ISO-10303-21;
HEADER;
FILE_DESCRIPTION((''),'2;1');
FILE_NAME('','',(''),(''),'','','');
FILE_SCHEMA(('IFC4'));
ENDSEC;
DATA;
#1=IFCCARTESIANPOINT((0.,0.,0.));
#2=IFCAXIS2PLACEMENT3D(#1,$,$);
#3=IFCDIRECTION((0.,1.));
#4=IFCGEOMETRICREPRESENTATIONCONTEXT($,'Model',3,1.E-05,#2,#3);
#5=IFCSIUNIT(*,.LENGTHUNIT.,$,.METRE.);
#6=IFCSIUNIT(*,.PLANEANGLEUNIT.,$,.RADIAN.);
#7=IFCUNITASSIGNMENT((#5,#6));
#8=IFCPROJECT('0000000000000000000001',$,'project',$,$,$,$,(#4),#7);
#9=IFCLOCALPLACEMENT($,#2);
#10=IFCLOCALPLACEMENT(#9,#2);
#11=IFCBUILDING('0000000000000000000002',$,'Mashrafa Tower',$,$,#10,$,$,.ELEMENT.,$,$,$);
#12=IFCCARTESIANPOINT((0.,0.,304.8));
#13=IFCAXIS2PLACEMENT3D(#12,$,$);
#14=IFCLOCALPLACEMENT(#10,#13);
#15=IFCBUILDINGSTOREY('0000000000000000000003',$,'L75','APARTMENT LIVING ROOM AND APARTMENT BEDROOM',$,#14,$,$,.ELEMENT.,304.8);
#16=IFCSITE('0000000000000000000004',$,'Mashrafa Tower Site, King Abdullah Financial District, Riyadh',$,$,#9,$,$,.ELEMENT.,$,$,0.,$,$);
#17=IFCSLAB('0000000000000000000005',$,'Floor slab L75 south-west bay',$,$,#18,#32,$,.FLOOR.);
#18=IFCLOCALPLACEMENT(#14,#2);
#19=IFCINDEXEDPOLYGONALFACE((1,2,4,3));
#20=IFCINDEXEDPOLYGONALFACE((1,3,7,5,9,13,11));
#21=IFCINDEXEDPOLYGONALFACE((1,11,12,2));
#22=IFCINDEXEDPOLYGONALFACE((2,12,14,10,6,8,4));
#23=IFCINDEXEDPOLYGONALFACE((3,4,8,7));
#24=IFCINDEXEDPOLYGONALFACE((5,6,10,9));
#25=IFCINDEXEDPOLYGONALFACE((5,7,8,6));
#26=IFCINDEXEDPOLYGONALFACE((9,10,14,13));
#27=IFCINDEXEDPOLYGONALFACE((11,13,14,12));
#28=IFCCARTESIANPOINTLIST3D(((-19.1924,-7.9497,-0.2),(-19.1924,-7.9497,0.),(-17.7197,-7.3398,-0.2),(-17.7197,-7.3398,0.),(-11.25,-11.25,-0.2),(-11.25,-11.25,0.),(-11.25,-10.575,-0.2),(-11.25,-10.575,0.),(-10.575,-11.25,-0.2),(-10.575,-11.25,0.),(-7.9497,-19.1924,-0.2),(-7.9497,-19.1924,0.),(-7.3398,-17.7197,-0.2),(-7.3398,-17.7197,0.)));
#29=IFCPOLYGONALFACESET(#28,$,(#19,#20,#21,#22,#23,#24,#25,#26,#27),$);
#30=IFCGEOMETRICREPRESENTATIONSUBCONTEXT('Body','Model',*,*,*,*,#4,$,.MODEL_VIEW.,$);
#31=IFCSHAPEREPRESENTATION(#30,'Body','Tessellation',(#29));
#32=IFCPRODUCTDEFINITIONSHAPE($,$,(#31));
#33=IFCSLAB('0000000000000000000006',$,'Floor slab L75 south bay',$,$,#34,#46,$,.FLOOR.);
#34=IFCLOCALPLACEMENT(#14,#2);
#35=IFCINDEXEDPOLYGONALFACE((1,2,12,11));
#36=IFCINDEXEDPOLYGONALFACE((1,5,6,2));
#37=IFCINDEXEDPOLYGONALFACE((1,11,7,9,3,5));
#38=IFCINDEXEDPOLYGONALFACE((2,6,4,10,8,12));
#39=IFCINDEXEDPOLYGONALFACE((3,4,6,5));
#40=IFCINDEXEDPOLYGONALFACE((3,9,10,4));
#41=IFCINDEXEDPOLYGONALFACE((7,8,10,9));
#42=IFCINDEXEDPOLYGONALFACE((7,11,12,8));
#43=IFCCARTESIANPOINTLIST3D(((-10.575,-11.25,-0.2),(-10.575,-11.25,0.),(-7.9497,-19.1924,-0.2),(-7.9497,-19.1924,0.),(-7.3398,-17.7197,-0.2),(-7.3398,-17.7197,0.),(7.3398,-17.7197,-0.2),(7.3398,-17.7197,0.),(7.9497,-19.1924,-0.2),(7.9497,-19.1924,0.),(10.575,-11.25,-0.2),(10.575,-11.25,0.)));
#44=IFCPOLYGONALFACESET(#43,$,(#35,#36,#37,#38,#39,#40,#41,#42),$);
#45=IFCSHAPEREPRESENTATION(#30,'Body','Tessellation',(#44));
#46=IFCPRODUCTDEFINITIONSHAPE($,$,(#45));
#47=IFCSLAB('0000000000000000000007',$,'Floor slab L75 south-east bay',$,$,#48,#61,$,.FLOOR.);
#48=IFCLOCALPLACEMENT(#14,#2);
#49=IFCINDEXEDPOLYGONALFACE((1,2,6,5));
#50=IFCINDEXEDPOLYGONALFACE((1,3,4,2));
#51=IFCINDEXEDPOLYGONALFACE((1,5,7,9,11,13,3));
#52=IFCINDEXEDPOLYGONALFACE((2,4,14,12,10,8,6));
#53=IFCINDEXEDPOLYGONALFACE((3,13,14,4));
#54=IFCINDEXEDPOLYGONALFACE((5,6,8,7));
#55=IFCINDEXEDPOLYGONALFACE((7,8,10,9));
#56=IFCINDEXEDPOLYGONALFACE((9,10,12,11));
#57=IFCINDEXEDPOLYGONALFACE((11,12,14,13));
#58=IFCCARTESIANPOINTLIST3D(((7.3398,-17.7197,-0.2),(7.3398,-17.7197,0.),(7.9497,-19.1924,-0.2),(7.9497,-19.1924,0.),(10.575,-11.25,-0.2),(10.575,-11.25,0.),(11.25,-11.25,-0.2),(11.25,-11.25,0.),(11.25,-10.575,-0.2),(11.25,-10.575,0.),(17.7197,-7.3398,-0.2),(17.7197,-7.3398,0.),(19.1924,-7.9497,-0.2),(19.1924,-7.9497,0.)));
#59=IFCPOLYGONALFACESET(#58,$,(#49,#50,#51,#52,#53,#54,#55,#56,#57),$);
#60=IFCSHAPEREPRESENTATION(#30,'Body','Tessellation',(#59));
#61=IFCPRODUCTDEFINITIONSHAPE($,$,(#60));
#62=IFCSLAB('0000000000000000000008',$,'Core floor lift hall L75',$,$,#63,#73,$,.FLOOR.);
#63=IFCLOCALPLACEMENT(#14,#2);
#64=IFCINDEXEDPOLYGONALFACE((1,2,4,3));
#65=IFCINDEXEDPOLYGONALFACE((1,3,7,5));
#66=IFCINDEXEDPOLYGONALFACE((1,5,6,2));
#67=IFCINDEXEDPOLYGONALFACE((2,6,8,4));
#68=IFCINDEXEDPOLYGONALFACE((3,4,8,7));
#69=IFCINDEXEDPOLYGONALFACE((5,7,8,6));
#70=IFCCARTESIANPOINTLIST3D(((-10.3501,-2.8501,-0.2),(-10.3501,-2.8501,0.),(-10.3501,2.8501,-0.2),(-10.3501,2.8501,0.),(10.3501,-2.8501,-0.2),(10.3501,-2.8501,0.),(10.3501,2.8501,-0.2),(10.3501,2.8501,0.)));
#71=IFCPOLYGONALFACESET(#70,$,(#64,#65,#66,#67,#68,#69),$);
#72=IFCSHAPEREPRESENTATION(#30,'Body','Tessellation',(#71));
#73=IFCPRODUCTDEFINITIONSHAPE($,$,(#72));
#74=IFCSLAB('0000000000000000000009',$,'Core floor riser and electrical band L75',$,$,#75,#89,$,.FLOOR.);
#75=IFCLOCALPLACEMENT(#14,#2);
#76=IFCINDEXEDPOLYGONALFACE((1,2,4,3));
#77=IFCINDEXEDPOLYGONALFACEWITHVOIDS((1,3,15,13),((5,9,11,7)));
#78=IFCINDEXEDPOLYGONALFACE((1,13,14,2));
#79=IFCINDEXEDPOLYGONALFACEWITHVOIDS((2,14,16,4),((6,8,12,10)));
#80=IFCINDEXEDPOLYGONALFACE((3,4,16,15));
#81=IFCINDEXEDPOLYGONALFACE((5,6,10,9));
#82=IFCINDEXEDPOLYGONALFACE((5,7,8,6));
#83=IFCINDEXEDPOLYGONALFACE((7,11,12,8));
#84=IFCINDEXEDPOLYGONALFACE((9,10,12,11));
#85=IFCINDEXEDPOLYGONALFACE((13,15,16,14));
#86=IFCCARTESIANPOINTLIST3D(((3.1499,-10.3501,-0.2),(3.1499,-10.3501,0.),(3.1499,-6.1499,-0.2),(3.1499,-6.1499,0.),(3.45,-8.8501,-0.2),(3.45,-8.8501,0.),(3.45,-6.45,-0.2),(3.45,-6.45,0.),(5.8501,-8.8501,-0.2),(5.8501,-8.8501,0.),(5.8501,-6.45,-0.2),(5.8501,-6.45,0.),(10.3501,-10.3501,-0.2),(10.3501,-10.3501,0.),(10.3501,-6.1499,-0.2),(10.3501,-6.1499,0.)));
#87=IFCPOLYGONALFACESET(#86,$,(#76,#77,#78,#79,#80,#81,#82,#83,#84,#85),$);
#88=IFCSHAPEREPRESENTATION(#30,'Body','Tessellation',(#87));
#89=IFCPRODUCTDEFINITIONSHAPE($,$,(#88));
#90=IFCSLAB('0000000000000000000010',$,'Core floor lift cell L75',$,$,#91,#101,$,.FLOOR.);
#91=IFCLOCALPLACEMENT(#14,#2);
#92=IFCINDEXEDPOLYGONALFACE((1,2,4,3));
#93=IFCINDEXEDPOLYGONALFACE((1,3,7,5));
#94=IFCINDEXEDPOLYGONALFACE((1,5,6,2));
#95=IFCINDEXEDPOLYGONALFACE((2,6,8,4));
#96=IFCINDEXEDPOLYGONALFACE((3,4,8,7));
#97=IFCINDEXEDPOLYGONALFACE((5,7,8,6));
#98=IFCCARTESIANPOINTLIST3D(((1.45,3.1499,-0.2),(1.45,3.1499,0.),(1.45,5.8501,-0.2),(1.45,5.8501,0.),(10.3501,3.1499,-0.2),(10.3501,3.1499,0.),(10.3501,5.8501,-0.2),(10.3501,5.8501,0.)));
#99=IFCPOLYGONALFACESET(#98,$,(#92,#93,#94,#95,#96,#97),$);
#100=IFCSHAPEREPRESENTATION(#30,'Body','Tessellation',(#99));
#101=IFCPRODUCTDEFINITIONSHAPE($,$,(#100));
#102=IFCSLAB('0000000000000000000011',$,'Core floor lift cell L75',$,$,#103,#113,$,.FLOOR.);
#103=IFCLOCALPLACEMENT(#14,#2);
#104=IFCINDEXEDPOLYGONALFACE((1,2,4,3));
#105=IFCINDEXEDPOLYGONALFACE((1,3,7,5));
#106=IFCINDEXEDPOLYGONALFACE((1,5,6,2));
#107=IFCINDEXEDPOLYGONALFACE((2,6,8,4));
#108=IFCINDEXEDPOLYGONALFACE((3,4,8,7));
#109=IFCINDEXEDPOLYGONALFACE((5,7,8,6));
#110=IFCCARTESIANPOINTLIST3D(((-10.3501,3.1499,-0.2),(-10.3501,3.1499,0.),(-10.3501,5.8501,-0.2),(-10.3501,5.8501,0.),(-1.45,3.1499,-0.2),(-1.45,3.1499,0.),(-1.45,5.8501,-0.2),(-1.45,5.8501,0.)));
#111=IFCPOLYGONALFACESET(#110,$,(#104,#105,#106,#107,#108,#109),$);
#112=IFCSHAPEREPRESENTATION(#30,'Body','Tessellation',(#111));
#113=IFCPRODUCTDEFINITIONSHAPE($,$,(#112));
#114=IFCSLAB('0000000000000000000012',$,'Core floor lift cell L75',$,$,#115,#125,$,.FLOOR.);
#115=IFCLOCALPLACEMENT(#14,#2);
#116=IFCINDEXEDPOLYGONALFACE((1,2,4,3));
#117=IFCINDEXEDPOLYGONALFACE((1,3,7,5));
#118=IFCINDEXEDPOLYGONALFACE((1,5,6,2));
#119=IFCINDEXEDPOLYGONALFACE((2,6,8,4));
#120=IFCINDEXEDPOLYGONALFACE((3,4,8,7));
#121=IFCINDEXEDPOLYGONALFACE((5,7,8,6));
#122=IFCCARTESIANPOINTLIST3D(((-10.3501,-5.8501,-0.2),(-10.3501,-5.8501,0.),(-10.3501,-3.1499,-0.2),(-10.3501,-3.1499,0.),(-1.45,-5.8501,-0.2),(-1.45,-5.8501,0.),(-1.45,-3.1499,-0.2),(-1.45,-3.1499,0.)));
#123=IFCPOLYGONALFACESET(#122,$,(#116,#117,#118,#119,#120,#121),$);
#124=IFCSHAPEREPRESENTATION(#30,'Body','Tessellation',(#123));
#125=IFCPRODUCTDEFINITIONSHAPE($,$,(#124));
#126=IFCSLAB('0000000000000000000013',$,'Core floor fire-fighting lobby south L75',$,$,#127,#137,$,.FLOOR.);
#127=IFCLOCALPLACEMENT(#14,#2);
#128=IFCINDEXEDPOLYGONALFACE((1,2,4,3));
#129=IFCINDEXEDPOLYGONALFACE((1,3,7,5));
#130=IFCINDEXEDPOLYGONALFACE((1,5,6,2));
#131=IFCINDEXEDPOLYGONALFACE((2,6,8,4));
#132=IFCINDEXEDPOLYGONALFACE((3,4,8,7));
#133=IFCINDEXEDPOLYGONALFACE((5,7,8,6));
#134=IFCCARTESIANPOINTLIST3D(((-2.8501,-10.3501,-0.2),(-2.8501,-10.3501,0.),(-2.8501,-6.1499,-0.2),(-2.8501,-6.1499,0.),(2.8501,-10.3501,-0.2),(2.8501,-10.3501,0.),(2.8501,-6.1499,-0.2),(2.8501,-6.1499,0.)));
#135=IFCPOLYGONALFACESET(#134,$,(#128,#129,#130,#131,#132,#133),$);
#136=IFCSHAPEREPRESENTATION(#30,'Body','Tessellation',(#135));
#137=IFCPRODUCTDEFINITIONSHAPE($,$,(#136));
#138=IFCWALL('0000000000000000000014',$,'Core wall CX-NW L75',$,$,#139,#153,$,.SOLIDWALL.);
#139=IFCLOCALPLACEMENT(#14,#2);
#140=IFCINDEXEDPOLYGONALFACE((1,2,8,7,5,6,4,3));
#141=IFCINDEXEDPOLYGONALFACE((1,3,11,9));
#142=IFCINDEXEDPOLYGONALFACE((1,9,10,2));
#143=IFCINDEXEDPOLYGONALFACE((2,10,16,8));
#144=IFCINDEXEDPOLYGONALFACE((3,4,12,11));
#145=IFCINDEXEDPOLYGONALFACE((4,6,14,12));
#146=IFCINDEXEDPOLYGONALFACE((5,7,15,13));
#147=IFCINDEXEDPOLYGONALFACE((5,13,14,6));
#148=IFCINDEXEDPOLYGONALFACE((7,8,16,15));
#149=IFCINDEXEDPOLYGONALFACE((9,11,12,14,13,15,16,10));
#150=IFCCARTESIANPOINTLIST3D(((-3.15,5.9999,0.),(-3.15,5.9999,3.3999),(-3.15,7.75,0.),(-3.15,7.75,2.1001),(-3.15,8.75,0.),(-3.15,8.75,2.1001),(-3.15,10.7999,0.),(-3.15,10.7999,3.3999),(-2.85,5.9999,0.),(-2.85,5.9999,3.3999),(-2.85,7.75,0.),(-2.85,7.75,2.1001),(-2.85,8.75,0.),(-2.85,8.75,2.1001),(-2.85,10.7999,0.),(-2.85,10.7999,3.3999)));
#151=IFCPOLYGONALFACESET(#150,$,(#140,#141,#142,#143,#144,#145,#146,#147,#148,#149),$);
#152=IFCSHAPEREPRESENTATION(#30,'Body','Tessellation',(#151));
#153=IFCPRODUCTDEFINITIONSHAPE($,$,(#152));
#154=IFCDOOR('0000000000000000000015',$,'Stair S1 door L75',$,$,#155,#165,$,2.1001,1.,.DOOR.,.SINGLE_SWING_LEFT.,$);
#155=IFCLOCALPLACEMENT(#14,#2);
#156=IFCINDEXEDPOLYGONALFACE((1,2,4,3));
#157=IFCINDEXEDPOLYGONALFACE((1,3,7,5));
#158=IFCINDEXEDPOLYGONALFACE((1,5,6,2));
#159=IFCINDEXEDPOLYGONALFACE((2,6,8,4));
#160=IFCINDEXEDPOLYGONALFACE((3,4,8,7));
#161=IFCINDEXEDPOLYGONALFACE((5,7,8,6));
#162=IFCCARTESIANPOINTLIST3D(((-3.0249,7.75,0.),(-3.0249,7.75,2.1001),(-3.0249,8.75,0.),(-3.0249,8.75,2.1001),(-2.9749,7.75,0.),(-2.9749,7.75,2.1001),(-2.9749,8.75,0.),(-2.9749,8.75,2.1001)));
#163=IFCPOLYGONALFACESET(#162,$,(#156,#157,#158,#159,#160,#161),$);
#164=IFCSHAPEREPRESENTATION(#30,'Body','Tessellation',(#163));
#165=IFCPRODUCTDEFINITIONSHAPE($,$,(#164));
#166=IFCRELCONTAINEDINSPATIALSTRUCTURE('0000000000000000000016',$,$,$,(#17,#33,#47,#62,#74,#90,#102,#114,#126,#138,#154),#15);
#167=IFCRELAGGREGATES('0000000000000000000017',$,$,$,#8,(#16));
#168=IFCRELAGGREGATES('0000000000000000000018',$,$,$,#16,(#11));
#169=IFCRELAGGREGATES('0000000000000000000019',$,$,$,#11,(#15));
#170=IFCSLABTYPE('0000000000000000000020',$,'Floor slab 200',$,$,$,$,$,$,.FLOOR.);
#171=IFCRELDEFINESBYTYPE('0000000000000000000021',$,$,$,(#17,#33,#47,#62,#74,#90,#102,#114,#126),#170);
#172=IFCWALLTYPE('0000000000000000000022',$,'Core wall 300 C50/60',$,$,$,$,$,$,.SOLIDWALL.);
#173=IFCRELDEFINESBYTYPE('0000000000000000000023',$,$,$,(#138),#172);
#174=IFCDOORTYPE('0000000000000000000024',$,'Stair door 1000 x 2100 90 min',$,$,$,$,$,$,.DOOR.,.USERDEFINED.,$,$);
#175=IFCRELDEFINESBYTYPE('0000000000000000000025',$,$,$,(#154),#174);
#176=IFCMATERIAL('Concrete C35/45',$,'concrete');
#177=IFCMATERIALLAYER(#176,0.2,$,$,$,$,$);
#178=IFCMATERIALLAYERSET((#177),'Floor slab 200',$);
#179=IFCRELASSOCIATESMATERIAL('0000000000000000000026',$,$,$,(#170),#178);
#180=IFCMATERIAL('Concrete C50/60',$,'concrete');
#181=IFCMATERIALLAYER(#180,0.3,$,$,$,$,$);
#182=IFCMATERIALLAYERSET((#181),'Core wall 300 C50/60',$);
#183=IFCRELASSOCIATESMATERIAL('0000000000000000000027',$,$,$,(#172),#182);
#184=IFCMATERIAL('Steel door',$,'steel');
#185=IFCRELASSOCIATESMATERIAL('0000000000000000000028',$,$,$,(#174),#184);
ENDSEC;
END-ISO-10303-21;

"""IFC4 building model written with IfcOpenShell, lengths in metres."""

from ifc_helpers import new_model, si_unit, direction, frame, frame_2d, origin, place, context, subcontext, project, spatial, polyline, rectangle, outline, extrude, material, layer, layer_set, type_object, element, fill, save


model = new_model("IFC4")

# Units and contexts
model_context = context("Model", 3, precision=1e-05, world=origin(), true_north=direction((0.0, 1.0)))
body_context = subcontext(model_context, "Body", "Model", "MODEL_VIEW")
ifc_project = project(units=[si_unit("LENGTHUNIT", "METRE"), si_unit("PLANEANGLEUNIT", "RADIAN")], contexts=[model_context])

# Site, building, storey
site_placement = place(None, origin())
site = spatial("IfcSite", under=ifc_project, at=site_placement, Name="Mashrafa Tower Site, King Abdullah Financial District, Riyadh", CompositionType="ELEMENT", RefElevation=0.0)
building_placement = place(site_placement, origin())
building = spatial("IfcBuilding", under=site, at=building_placement, Name="Mashrafa Tower", CompositionType="ELEMENT")
storey_placement = place(building_placement, frame((0.0, 0.0, 304.8)))
storey = spatial("IfcBuildingStorey", under=building, at=storey_placement, Name="L75", Description="APARTMENT LIVING ROOM AND APARTMENT BEDROOM", CompositionType="ELEMENT", Elevation=304.8)

# Slabs
ifc_material_1 = material(Name="Concrete C35/45", Category="concrete")
ifc_layer_1 = layer(ifc_material_1, 0.2)
ifc_layer_set_1 = layer_set([ifc_layer_1], Name="Floor slab 200")
slab_type = type_object("IfcSlabType", Name="Floor slab 200", PredefinedType="FLOOR", material=ifc_layer_set_1)
slab_1_placement = place(storey_placement, frame((0.0, 0.0, -0.2)))
element("IfcSlab", 1, at=slab_1_placement, inside=storey, type_object=slab_type, Name="Floor slab L75 south-west bay", PredefinedType="FLOOR", context=body_context, shape_type="SweptSolid", body=[
    extrude(outline(polyline([(-19.1924, -7.9497), (-17.7197, -7.3398), (-11.25, -10.575), (-11.25, -11.25), (-10.575, -11.25), (-7.3398, -17.7197), (-7.9497, -19.1924), (-19.1924, -7.9497)])), origin(), (0.0, 0.0, 1.0), 0.2),
])
slab_2_placement = place(storey_placement, frame((0.0, 0.0, -0.2)))
element("IfcSlab", 2, at=slab_2_placement, inside=storey, type_object=slab_type, Name="Floor slab L75 south bay", PredefinedType="FLOOR", context=body_context, shape_type="SweptSolid", body=[
    extrude(outline(polyline([(-7.9497, -19.1924), (-7.9497, -19.1924), (-7.3398, -17.7197), (-10.575, -11.25), (10.575, -11.25), (7.3398, -17.7197), (7.9497, -19.1924), (7.9497, -19.1924), (-7.9497, -19.1924)])), origin(), (0.0, 0.0, 1.0), 0.2),
])
slab_3_placement = place(storey_placement, frame((0.0, 0.0, -0.2)))
element("IfcSlab", 3, at=slab_3_placement, inside=storey, type_object=slab_type, Name="Floor slab L75 south-east bay", PredefinedType="FLOOR", context=body_context, shape_type="SweptSolid", body=[
    extrude(outline(polyline([(7.9497, -19.1924), (7.3398, -17.7197), (10.575, -11.25), (11.25, -11.25), (11.25, -10.575), (17.7197, -7.3398), (19.1924, -7.9497), (7.9497, -19.1924)])), origin(), (0.0, 0.0, 1.0), 0.2),
])
slab_4_placement = place(storey_placement, frame((0.0, 0.0, -0.2)))
element("IfcSlab", 4, at=slab_4_placement, inside=storey, type_object=slab_type, Name="Core floor lift hall L75", PredefinedType="FLOOR", context=body_context, shape_type="SweptSolid", body=[
    extrude(outline(polyline([(-10.3501, 2.8501), (10.3501, 2.8501), (10.3501, -2.8501), (-10.3501, -2.8501), (-10.3501, 2.8501)])), origin(), (0.0, 0.0, 1.0), 0.2),
])
slab_5_placement = place(storey_placement, frame((0.0, 0.0, -0.2)))
element("IfcSlab", 5, at=slab_5_placement, inside=storey, type_object=slab_type, Name="Core floor riser and electrical band L75", PredefinedType="FLOOR", context=body_context, shape_type="SweptSolid", body=[
    extrude(outline(polyline([(10.3501, -6.1499), (10.3501, -10.3501), (3.1499, -10.3501), (3.1499, -6.1499), (10.3501, -6.1499)]), holes=[polyline([(3.45, -8.8501), (5.8501, -8.8501), (5.8501, -6.45), (3.45, -6.45), (3.45, -8.8501)])]), origin(), (0.0, 0.0, 1.0), 0.2),
])
slab_6_placement = place(storey_placement, frame((0.0, 0.0, -0.2)))
element("IfcSlab", 6, at=slab_6_placement, inside=storey, type_object=slab_type, Name="Core floor lift cell L75", PredefinedType="FLOOR", context=body_context, shape_type="SweptSolid", body=[
    extrude(outline(polyline([(10.3501, 5.8501), (10.3501, 3.1499), (1.45, 3.1499), (1.45, 5.8501), (10.3501, 5.8501)])), origin(), (0.0, 0.0, 1.0), 0.2),
])
slab_7_placement = place(storey_placement, frame((0.0, 0.0, -0.2)))
element("IfcSlab", 7, at=slab_7_placement, inside=storey, type_object=slab_type, Name="Core floor lift cell L75", PredefinedType="FLOOR", context=body_context, shape_type="SweptSolid", body=[
    extrude(outline(polyline([(-1.45, 3.1499), (-10.3501, 3.1499), (-10.3501, 5.8501), (-1.45, 5.8501), (-1.45, 3.1499)])), origin(), (0.0, 0.0, 1.0), 0.2),
])
slab_8_placement = place(storey_placement, frame((0.0, 0.0, -0.2)))
element("IfcSlab", 8, at=slab_8_placement, inside=storey, type_object=slab_type, Name="Core floor lift cell L75", PredefinedType="FLOOR", context=body_context, shape_type="SweptSolid", body=[
    extrude(outline(polyline([(-1.45, -3.1499), (-1.45, -5.8501), (-10.3501, -5.8501), (-10.3501, -3.1499), (-1.45, -3.1499)])), origin(), (0.0, 0.0, 1.0), 0.2),
])
slab_9_placement = place(storey_placement, frame((0.0, 0.0, -0.2)))
element("IfcSlab", 9, at=slab_9_placement, inside=storey, type_object=slab_type, Name="Core floor fire-fighting lobby south L75", PredefinedType="FLOOR", context=body_context, shape_type="SweptSolid", body=[
    extrude(outline(polyline([(2.8501, -6.1499), (2.8501, -10.3501), (-2.8501, -10.3501), (-2.8501, -6.1499), (2.8501, -6.1499)])), origin(), (0.0, 0.0, 1.0), 0.2),
])

# Wall, opening, door
ifc_material_2 = material(Name="Concrete C50/60", Category="concrete")
ifc_layer_2 = layer(ifc_material_2, 0.3)
ifc_layer_set_2 = layer_set([ifc_layer_2], Name="Core wall 300 C50/60")
wall_type_1 = type_object("IfcWallType", Name="Core wall 300 C50/60", PredefinedType="SOLIDWALL", material=ifc_layer_set_2)
wall_1_placement = place(storey_placement, frame((-3.0, 6.0, 0.0), z_axis=(0.0, 0.0, 1.0), x_axis=(0.0, 1.0, 0.0)))
wall_1 = element("IfcWall", 10, at=wall_1_placement, inside=storey, type_object=wall_type_1, Name="Core wall CX-NW L75", PredefinedType="SOLIDWALL", context=body_context, shape_type="SweptSolid", body=[
    extrude(rectangle(XDim=4.8, YDim=0.3, at=frame_2d((2.3999, 0.0))), origin(), (0.0, 0.0, 1.0), 3.3999),
])
opening_1_placement = place(wall_1_placement, frame((1.75, 0.0, 0.0)))
opening_1 = element("IfcOpeningElement", 11, at=opening_1_placement, cuts=wall_1, PredefinedType="OPENING", context=body_context, shape_type="SweptSolid", body=[
    extrude(rectangle(XDim=1.0, YDim=2.1001, at=frame_2d((0.5, 1.05))), frame((0.0, 0.1599, 0.0), z_axis=(0.0, -1.0, 0.0), x_axis=(1.0, 0.0, 0.0)), (0.0, 0.0, 1.0), 0.3201),
])
ifc_material_3 = material(Name="Steel door", Category="steel")
door_type_1 = type_object("IfcDoorType", Name="Stair door 1000 x 2100 90 min", OperationType="USERDEFINED", PredefinedType="DOOR", material=ifc_material_3)
door_1_placement = place(opening_1_placement, origin())
door_1 = element("IfcDoor", 12, at=door_1_placement, inside=storey, type_object=door_type_1, Name="Stair S1 door L75", OperationType="SINGLE_SWING_LEFT", OverallHeight=2.1001, OverallWidth=1.0, PredefinedType="DOOR", context=body_context, shape_type="SweptSolid", body=[
    extrude(rectangle(XDim=1.0, YDim=2.1001, at=frame_2d((0.5, 1.05))), frame((0.0, 0.0249, 0.0), z_axis=(0.0, -1.0, 0.0), x_axis=(1.0, 0.0, 0.0)), (0.0, 0.0, 1.0), 0.05),
])
fill(opening_1, door_1)

save(model, "model.ifc")
